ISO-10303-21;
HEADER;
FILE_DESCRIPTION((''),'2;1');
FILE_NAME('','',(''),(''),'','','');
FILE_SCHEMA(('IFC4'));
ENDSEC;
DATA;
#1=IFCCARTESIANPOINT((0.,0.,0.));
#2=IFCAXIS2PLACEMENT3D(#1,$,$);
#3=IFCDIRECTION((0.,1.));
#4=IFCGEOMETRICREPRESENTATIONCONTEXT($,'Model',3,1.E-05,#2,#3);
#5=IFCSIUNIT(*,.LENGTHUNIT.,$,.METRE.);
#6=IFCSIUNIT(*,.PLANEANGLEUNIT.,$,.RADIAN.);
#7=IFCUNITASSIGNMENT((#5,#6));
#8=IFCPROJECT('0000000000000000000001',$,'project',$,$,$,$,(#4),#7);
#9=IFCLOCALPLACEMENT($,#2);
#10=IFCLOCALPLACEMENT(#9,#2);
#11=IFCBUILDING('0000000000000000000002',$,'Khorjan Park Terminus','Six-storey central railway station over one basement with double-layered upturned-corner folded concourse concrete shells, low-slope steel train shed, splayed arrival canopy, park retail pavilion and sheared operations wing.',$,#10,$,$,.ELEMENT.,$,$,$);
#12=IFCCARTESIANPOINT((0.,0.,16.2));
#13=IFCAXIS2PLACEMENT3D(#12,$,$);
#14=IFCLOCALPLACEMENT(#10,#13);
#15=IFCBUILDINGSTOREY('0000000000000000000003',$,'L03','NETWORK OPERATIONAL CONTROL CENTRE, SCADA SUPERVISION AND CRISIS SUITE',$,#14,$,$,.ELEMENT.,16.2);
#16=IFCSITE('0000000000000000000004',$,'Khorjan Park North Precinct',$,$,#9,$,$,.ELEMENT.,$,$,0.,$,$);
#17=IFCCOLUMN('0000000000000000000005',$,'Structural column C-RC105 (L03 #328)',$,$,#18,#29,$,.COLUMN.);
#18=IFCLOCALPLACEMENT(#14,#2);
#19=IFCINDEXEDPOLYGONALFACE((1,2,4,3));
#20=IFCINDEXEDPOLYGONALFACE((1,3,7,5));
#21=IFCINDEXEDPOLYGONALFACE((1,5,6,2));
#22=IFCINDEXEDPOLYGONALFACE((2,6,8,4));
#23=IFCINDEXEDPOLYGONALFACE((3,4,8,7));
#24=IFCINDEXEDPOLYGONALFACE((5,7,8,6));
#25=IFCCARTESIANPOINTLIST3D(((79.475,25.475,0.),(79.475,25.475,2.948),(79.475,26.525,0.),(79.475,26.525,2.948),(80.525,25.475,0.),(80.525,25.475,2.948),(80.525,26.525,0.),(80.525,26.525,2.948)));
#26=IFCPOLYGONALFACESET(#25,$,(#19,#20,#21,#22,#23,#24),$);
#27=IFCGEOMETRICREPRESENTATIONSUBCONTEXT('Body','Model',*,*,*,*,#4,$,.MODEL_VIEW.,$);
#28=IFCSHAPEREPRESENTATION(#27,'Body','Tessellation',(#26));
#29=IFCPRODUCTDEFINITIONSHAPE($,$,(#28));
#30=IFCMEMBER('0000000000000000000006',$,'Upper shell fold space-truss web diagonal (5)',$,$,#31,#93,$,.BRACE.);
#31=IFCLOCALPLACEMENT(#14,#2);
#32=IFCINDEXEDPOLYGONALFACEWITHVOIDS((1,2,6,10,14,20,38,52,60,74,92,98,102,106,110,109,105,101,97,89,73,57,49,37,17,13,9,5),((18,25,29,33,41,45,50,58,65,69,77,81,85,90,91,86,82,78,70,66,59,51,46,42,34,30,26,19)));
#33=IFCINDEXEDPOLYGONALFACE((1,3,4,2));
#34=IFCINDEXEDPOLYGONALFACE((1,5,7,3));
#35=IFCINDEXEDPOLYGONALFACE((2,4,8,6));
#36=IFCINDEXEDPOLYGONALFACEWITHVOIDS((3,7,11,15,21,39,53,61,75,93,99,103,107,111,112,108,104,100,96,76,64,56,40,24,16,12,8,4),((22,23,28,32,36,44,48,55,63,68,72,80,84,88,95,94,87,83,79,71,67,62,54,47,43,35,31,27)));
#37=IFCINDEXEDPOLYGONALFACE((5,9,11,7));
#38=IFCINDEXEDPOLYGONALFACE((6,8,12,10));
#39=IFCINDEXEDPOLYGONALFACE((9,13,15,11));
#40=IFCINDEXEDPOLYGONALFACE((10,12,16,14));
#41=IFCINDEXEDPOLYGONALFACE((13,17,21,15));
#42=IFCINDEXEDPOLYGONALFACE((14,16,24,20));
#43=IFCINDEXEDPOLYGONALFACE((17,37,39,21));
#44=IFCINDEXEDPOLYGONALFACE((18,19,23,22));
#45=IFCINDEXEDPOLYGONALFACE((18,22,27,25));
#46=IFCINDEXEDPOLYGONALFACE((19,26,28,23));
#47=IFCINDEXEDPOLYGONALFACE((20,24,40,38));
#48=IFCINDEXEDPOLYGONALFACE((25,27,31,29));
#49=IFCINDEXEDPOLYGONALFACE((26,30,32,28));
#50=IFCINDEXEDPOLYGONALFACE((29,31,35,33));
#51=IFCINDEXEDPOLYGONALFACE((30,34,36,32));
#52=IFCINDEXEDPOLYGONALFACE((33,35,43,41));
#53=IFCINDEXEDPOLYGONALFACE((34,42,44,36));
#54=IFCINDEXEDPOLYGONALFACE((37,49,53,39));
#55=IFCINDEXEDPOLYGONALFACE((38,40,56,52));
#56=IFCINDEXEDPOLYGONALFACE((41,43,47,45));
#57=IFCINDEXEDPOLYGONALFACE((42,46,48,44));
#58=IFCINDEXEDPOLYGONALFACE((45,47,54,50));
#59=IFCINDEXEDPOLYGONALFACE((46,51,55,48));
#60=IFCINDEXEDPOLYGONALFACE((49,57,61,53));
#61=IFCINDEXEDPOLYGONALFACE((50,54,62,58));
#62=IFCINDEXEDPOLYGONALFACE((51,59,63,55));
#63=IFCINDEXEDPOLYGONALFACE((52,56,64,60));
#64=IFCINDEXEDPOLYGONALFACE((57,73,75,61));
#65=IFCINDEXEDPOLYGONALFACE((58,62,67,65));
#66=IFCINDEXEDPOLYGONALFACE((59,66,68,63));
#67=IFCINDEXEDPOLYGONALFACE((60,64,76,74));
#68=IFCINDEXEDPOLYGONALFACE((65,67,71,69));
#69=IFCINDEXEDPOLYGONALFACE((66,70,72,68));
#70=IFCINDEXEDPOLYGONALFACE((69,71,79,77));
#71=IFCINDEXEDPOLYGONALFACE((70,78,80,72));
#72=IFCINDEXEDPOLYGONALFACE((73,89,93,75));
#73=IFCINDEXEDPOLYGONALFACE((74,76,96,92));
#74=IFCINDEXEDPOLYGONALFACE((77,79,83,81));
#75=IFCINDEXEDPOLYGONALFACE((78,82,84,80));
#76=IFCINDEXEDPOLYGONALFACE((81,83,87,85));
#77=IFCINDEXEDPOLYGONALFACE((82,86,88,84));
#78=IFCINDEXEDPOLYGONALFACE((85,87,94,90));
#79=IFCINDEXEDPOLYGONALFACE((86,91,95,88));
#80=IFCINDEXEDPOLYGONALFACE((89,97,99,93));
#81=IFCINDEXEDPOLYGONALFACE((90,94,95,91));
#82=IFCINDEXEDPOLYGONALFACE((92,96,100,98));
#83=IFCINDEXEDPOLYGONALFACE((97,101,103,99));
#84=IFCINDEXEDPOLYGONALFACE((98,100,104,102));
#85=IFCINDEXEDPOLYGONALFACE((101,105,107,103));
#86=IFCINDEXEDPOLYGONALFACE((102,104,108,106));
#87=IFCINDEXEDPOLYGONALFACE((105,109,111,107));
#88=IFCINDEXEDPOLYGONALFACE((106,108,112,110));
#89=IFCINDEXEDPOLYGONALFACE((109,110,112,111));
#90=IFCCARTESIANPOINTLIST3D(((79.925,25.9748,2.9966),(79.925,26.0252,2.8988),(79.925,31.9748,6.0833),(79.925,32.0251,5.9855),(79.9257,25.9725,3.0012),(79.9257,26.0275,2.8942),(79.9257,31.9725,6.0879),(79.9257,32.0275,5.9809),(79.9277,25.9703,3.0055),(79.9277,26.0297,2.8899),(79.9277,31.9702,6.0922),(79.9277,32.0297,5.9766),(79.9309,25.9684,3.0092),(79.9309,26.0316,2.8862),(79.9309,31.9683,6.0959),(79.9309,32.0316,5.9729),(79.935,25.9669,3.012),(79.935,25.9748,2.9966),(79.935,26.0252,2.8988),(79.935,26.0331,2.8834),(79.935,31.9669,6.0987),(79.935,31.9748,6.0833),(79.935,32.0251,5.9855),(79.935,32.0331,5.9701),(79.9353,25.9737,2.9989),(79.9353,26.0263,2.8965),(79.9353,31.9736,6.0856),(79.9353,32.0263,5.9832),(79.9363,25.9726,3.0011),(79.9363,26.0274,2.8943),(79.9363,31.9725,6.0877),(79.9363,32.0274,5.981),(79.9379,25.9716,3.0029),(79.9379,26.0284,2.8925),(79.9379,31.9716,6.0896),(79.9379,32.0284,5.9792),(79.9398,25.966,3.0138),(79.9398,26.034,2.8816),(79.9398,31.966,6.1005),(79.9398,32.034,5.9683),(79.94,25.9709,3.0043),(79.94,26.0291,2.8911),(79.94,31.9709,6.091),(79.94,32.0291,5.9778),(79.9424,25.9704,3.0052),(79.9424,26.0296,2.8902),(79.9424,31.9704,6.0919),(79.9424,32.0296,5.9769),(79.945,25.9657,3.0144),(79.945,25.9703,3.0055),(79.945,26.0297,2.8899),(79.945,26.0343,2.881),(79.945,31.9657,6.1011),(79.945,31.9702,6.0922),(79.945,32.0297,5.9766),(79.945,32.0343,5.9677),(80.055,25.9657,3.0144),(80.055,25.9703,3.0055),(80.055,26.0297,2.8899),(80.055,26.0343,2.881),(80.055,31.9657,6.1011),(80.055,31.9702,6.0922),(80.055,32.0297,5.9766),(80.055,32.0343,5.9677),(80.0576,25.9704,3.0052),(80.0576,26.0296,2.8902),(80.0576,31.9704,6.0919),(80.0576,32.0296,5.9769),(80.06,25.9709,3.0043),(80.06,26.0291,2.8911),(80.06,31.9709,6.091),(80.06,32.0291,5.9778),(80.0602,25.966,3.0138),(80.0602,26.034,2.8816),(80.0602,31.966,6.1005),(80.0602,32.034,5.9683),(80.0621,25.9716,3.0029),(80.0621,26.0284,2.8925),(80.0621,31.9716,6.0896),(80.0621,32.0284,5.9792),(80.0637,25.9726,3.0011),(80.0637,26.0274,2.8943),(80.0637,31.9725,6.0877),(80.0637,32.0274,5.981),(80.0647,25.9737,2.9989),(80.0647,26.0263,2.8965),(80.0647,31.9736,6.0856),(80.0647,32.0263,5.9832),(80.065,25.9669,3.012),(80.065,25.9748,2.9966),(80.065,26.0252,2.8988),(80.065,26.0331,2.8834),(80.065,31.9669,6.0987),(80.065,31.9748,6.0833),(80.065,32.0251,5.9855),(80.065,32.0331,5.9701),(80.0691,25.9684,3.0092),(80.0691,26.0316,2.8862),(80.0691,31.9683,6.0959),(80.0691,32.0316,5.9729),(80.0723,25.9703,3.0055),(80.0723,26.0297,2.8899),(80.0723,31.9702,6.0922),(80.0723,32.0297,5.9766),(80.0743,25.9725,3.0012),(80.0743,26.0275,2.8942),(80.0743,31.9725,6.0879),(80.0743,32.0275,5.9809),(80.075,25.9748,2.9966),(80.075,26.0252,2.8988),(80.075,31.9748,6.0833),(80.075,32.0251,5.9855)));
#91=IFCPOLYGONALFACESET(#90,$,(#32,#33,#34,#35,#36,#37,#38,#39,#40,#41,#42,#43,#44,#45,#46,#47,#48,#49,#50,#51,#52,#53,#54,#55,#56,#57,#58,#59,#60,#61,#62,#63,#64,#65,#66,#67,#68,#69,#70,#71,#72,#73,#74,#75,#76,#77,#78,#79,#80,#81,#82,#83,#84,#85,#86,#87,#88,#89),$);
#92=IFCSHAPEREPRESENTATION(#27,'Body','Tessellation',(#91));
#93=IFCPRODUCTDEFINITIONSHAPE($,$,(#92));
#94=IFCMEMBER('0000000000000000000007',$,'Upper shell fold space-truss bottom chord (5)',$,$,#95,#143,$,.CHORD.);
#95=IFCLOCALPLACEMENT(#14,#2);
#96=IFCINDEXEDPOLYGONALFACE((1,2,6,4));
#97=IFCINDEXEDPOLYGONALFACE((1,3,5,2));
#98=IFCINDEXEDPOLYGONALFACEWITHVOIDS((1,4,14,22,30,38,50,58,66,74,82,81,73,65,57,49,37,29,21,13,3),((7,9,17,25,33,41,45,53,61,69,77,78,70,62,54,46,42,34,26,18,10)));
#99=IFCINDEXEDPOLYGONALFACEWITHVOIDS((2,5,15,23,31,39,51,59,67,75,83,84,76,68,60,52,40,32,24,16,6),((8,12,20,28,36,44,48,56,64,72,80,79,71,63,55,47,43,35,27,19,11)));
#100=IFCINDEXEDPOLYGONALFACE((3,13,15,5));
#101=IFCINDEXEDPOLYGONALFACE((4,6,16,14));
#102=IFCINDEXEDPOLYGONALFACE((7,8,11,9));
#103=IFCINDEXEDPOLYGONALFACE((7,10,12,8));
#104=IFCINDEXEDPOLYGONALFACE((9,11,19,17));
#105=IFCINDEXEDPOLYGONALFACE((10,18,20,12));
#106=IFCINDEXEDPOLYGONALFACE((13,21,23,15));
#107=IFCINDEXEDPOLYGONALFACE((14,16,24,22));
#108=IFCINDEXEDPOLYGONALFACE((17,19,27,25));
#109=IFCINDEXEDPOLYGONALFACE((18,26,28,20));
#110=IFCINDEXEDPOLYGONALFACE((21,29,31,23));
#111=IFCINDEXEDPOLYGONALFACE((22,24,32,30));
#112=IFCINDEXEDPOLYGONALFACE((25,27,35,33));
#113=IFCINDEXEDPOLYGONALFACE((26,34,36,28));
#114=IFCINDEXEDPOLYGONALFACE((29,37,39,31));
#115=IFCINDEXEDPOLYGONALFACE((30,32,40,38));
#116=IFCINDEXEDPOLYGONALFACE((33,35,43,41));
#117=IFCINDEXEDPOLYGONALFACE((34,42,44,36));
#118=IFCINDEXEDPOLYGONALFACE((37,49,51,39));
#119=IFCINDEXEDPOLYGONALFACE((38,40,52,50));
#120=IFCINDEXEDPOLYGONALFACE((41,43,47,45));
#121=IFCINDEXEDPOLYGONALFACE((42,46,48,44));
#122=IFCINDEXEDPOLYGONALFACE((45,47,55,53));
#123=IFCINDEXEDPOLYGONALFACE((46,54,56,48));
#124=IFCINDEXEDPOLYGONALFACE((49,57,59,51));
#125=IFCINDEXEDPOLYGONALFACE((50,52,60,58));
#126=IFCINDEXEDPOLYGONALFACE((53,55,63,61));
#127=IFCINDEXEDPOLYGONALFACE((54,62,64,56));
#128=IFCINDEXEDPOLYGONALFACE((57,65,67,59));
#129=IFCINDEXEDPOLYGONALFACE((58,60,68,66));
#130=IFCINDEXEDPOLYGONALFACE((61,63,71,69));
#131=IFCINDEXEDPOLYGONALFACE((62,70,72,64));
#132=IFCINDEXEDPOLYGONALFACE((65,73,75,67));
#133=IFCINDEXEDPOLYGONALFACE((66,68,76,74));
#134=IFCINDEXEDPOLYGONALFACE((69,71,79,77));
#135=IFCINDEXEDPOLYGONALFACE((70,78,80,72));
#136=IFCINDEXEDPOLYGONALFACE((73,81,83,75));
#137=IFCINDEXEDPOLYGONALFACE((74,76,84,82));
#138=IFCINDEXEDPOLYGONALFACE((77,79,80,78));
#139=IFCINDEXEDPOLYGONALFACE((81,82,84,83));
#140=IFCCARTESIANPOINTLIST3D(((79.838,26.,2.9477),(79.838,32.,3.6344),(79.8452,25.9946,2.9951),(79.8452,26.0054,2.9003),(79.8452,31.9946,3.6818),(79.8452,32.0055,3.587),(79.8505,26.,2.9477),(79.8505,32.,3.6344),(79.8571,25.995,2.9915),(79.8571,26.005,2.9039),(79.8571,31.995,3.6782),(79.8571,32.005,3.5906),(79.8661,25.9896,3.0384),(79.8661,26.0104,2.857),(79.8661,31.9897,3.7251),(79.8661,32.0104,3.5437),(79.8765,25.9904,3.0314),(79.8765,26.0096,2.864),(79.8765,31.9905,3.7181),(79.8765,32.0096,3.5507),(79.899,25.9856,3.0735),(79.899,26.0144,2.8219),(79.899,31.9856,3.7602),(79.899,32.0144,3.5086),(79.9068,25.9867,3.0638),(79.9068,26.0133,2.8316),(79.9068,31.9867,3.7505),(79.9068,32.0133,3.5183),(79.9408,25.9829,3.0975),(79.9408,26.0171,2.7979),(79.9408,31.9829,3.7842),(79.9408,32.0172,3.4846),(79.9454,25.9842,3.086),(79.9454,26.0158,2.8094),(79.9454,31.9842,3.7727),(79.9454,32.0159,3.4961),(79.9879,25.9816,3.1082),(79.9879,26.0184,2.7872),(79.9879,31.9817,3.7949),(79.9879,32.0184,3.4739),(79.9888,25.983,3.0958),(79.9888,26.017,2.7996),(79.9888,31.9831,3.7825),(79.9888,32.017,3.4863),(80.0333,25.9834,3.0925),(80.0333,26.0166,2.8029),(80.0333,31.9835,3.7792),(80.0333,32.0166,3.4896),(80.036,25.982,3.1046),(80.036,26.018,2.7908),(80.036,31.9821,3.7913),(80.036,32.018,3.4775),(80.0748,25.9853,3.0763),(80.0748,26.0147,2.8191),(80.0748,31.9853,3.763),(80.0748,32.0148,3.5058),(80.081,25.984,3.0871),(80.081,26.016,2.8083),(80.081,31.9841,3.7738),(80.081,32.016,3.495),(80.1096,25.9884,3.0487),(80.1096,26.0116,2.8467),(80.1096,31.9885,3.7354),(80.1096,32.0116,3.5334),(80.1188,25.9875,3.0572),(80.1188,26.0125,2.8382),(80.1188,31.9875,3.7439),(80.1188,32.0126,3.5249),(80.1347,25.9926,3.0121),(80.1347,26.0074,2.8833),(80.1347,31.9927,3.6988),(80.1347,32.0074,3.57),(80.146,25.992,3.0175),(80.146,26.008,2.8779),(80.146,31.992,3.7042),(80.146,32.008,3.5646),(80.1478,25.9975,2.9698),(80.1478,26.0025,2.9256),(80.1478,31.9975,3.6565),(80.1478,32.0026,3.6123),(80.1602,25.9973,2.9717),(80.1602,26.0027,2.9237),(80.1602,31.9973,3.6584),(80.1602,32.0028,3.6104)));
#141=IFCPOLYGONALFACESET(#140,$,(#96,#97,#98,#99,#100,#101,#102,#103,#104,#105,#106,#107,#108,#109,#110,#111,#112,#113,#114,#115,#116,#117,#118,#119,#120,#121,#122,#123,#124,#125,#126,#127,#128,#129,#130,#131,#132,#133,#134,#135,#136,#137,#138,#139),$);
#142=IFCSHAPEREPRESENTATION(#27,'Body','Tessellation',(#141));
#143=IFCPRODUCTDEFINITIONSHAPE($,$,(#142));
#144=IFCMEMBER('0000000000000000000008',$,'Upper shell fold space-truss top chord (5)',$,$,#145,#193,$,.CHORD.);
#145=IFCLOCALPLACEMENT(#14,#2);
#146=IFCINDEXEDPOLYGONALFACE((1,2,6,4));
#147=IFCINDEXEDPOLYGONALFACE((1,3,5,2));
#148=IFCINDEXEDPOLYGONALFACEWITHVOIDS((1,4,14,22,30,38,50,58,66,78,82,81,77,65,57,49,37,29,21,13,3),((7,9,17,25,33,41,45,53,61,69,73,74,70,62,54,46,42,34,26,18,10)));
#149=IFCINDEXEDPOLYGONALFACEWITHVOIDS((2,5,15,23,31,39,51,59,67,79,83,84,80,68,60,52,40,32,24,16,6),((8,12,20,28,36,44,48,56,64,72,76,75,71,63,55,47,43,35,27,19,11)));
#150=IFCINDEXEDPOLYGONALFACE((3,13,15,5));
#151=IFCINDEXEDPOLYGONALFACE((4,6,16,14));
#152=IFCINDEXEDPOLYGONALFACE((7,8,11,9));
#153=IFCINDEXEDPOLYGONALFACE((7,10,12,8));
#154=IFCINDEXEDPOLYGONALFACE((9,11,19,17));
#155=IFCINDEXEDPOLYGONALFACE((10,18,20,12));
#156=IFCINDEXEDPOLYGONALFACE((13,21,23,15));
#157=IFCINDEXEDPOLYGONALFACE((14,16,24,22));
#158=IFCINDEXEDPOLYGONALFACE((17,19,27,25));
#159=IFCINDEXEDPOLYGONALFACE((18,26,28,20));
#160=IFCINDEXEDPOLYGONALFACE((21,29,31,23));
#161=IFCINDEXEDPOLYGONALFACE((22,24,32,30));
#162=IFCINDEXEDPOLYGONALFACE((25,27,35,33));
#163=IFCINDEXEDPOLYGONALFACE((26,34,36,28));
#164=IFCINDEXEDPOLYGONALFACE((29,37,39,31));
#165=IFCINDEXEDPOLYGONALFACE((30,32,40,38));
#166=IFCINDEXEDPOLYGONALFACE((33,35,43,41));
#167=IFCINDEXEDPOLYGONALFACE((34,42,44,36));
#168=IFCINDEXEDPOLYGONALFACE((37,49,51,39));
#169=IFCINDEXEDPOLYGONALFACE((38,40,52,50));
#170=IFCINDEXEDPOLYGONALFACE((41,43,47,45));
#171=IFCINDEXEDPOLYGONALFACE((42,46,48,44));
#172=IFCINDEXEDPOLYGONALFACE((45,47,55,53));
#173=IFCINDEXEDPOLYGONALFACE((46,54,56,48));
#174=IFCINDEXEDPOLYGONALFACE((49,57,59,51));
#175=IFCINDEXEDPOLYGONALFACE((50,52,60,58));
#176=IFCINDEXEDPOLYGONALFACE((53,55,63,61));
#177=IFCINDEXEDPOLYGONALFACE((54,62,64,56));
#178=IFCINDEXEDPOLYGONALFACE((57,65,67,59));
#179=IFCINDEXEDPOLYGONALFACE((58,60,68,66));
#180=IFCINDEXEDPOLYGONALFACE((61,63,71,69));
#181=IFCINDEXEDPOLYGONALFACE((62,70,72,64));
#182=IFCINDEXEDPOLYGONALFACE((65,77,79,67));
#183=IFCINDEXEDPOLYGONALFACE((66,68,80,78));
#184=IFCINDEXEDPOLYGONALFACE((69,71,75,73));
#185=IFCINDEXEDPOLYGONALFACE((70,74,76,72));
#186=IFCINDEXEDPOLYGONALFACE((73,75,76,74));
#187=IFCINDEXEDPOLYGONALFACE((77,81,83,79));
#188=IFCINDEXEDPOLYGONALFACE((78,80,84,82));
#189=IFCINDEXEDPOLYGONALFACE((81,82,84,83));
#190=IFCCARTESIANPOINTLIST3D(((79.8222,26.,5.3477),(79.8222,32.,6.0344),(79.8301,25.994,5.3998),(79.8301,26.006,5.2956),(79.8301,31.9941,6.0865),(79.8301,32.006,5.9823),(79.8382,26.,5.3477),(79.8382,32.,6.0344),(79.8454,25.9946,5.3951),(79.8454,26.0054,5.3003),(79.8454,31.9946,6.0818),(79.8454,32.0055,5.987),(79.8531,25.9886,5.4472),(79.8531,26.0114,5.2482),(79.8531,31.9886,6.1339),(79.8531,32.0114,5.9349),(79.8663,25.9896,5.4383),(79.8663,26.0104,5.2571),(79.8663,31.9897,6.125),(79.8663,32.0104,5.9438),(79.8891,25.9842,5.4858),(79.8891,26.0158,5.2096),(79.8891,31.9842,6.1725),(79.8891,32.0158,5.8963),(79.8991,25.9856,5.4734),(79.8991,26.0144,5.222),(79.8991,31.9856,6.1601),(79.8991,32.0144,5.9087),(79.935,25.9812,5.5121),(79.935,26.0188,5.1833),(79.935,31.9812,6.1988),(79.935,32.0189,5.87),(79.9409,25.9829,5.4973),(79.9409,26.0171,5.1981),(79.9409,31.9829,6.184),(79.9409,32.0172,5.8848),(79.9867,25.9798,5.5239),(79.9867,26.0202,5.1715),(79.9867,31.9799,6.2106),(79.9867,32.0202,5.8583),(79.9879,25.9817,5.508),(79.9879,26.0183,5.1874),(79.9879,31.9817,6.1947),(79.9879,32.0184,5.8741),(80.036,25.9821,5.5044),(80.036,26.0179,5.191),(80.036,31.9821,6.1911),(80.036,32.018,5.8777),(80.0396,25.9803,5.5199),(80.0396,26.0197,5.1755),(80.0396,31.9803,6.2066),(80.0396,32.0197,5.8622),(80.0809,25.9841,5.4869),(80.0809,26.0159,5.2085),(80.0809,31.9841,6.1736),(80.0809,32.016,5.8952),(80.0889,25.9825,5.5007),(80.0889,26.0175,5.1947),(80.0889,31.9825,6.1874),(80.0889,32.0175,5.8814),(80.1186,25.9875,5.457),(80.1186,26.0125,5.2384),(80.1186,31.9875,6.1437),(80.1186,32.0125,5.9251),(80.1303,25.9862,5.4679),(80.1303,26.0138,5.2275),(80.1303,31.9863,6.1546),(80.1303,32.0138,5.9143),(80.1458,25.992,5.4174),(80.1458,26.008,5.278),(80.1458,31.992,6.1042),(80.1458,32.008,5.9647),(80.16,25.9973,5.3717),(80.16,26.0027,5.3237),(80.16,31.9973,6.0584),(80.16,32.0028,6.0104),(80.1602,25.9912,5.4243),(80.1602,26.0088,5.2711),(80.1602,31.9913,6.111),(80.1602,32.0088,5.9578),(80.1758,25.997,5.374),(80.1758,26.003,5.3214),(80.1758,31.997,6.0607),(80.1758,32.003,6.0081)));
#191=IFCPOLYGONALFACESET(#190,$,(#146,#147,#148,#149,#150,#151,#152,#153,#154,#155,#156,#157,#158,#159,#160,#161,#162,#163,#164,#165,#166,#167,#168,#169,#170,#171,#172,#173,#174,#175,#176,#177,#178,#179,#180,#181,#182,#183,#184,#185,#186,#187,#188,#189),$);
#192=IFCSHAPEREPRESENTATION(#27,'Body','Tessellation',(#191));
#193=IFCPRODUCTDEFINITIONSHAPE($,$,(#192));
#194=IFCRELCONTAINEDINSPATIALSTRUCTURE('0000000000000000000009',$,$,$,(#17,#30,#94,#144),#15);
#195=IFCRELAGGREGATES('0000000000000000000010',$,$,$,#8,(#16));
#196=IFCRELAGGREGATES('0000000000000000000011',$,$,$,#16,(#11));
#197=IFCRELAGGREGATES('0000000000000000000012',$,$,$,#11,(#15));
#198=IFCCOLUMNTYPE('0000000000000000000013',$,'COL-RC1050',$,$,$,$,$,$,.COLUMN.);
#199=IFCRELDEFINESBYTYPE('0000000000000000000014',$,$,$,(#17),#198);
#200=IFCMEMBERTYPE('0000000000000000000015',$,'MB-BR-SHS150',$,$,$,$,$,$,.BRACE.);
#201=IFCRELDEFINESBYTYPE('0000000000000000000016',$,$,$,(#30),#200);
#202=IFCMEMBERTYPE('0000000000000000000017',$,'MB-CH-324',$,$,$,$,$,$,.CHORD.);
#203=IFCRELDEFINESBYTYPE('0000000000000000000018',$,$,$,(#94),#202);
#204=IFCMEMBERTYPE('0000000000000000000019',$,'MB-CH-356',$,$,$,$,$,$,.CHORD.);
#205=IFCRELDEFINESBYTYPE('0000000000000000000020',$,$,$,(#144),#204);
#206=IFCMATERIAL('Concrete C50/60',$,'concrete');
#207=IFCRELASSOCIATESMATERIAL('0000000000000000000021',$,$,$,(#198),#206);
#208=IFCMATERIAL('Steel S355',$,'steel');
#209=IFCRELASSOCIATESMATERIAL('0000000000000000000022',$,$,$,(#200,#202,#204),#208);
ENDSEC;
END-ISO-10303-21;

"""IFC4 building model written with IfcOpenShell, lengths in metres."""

from ifc_helpers import new_model, si_unit, direction, frame, origin, origin_2d, place, context, subcontext, project, spatial, rectangle, hollow_rectangle, hollow_circle, extrude, material, material_profile, profile_set, type_object, element, save


model = new_model("IFC4")

# Units and contexts
model_context = context("Model", 3, precision=1e-05, world=origin(), true_north=direction((0.0, 1.0)))
body_context = subcontext(model_context, "Body", "Model", "MODEL_VIEW")
ifc_project = project(units=[si_unit("LENGTHUNIT", "METRE"), si_unit("PLANEANGLEUNIT", "RADIAN")], contexts=[model_context])

# Site, building, storey
site_placement = place(None, origin())
site = spatial("IfcSite", under=ifc_project, at=site_placement, Name="Khorjan Park North Precinct", CompositionType="ELEMENT", RefElevation=0.0)
building_placement = place(site_placement, origin())
building = spatial("IfcBuilding", under=site, at=building_placement, Name="Khorjan Park Terminus", Description="Six-storey central railway station over one basement with double-layered upturned-corner folded concourse concrete shells, low-slope steel train shed, splayed arrival canopy, park retail pavilion and sheared operations wing.", CompositionType="ELEMENT")
storey_placement = place(building_placement, frame((0.0, 0.0, 16.2)))
storey = spatial("IfcBuildingStorey", under=building, at=storey_placement, Name="L03", Description="NETWORK OPERATIONAL CONTROL CENTRE, SCADA SUPERVISION AND CRISIS SUITE", CompositionType="ELEMENT", Elevation=16.2)

# Column
ifc_material_1 = material(Name="Concrete C50/60", Category="concrete")
ifc_material_profile_1 = material_profile(ifc_material_1, rectangle(XDim=1.05, YDim=1.05, at=origin_2d()), Name="RC 1050x1050")
ifc_profile_set_1 = profile_set([ifc_material_profile_1], Name="Concrete C50/60")
column_type = type_object("IfcColumnType", Name="COL-RC1050", PredefinedType="COLUMN", material=ifc_profile_set_1)
column_placement = place(storey_placement, frame((80.0, 26.0, 0.0), z_axis=(0.0, 0.0, 1.0), x_axis=(1.0, 0.0, 0.0)))
element("IfcColumn", 1, at=column_placement, inside=storey, type_object=column_type, Name="Structural column C-RC105 (L03 #328)", PredefinedType="COLUMN", context=body_context, shape_type="SweptSolid", body=[
    extrude(rectangle(XDim=1.05, YDim=1.05, at=origin_2d()), origin(), (0.0, 0.0, 1.0), 2.948),
])

# Members
ifc_material_2 = material(Name="Steel S355", Category="steel")
ifc_material_profile_2 = material_profile(ifc_material_2, hollow_rectangle(XDim=0.15, YDim=0.15, WallThickness=0.01, InnerFilletRadius=0.01, OuterFilletRadius=0.02, at=origin_2d()), Name="SHS 150x150x10")
ifc_profile_set_2 = profile_set([ifc_material_profile_2], Name="Steel S355")
member_type_1 = type_object("IfcMemberType", Name="MB-BR-SHS150", PredefinedType="BRACE", material=ifc_profile_set_2)
member_1_placement = place(storey_placement, frame((80.0, 26.0, 2.9477), z_axis=(0.0, 0.889228, 0.457464), x_axis=(-1.0, 0.0, 0.0)))
element("IfcMember", 2, at=member_1_placement, inside=storey, type_object=member_type_1, Name="Upper shell fold space-truss web diagonal (5)", PredefinedType="BRACE", context=body_context, shape_type="SweptSolid", body=[
    extrude(hollow_rectangle(XDim=0.15, YDim=0.15, WallThickness=0.01, InnerFilletRadius=0.01, OuterFilletRadius=0.02, at=origin_2d()), origin(), (0.0, 0.0, 1.0), 6.7474),
])
ifc_material_profile_3 = material_profile(ifc_material_2, hollow_circle(Radius=0.162, WallThickness=0.0125, at=origin_2d()), Name="CHS 323.9x12.5")
ifc_profile_set_3 = profile_set([ifc_material_profile_3], Name="Steel S355")
member_type_2 = type_object("IfcMemberType", Name="MB-CH-324", PredefinedType="CHORD", material=ifc_profile_set_3)
member_2_placement = place(storey_placement, frame((80.0, 26.0, 2.9477), z_axis=(0.0, 0.993514, 0.113708), x_axis=(-1.0, 0.0, 0.0)))
element("IfcMember", 3, at=member_2_placement, inside=storey, type_object=member_type_2, Name="Upper shell fold space-truss bottom chord (5)", PredefinedType="CHORD", context=body_context, shape_type="SweptSolid", body=[
    extrude(hollow_circle(Radius=0.162, WallThickness=0.0125, at=origin_2d()), origin(), (0.0, 0.0, 1.0), 6.0392),
])
ifc_material_profile_4 = material_profile(ifc_material_2, hollow_circle(Radius=0.1778, WallThickness=0.016, at=origin_2d()), Name="CHS 355.6x16")
ifc_profile_set_4 = profile_set([ifc_material_profile_4], Name="Steel S355")
member_type_3 = type_object("IfcMemberType", Name="MB-CH-356", PredefinedType="CHORD", material=ifc_profile_set_4)
member_3_placement = place(storey_placement, frame((80.0, 26.0, 5.3477), z_axis=(0.0, 0.993514, 0.113708), x_axis=(-1.0, 0.0, 0.0)))
element("IfcMember", 4, at=member_3_placement, inside=storey, type_object=member_type_3, Name="Upper shell fold space-truss top chord (5)", PredefinedType="CHORD", context=body_context, shape_type="SweptSolid", body=[
    extrude(hollow_circle(Radius=0.1778, WallThickness=0.016, at=origin_2d()), origin(), (0.0, 0.0, 1.0), 6.0392),
])

save(model, "model.ifc")
